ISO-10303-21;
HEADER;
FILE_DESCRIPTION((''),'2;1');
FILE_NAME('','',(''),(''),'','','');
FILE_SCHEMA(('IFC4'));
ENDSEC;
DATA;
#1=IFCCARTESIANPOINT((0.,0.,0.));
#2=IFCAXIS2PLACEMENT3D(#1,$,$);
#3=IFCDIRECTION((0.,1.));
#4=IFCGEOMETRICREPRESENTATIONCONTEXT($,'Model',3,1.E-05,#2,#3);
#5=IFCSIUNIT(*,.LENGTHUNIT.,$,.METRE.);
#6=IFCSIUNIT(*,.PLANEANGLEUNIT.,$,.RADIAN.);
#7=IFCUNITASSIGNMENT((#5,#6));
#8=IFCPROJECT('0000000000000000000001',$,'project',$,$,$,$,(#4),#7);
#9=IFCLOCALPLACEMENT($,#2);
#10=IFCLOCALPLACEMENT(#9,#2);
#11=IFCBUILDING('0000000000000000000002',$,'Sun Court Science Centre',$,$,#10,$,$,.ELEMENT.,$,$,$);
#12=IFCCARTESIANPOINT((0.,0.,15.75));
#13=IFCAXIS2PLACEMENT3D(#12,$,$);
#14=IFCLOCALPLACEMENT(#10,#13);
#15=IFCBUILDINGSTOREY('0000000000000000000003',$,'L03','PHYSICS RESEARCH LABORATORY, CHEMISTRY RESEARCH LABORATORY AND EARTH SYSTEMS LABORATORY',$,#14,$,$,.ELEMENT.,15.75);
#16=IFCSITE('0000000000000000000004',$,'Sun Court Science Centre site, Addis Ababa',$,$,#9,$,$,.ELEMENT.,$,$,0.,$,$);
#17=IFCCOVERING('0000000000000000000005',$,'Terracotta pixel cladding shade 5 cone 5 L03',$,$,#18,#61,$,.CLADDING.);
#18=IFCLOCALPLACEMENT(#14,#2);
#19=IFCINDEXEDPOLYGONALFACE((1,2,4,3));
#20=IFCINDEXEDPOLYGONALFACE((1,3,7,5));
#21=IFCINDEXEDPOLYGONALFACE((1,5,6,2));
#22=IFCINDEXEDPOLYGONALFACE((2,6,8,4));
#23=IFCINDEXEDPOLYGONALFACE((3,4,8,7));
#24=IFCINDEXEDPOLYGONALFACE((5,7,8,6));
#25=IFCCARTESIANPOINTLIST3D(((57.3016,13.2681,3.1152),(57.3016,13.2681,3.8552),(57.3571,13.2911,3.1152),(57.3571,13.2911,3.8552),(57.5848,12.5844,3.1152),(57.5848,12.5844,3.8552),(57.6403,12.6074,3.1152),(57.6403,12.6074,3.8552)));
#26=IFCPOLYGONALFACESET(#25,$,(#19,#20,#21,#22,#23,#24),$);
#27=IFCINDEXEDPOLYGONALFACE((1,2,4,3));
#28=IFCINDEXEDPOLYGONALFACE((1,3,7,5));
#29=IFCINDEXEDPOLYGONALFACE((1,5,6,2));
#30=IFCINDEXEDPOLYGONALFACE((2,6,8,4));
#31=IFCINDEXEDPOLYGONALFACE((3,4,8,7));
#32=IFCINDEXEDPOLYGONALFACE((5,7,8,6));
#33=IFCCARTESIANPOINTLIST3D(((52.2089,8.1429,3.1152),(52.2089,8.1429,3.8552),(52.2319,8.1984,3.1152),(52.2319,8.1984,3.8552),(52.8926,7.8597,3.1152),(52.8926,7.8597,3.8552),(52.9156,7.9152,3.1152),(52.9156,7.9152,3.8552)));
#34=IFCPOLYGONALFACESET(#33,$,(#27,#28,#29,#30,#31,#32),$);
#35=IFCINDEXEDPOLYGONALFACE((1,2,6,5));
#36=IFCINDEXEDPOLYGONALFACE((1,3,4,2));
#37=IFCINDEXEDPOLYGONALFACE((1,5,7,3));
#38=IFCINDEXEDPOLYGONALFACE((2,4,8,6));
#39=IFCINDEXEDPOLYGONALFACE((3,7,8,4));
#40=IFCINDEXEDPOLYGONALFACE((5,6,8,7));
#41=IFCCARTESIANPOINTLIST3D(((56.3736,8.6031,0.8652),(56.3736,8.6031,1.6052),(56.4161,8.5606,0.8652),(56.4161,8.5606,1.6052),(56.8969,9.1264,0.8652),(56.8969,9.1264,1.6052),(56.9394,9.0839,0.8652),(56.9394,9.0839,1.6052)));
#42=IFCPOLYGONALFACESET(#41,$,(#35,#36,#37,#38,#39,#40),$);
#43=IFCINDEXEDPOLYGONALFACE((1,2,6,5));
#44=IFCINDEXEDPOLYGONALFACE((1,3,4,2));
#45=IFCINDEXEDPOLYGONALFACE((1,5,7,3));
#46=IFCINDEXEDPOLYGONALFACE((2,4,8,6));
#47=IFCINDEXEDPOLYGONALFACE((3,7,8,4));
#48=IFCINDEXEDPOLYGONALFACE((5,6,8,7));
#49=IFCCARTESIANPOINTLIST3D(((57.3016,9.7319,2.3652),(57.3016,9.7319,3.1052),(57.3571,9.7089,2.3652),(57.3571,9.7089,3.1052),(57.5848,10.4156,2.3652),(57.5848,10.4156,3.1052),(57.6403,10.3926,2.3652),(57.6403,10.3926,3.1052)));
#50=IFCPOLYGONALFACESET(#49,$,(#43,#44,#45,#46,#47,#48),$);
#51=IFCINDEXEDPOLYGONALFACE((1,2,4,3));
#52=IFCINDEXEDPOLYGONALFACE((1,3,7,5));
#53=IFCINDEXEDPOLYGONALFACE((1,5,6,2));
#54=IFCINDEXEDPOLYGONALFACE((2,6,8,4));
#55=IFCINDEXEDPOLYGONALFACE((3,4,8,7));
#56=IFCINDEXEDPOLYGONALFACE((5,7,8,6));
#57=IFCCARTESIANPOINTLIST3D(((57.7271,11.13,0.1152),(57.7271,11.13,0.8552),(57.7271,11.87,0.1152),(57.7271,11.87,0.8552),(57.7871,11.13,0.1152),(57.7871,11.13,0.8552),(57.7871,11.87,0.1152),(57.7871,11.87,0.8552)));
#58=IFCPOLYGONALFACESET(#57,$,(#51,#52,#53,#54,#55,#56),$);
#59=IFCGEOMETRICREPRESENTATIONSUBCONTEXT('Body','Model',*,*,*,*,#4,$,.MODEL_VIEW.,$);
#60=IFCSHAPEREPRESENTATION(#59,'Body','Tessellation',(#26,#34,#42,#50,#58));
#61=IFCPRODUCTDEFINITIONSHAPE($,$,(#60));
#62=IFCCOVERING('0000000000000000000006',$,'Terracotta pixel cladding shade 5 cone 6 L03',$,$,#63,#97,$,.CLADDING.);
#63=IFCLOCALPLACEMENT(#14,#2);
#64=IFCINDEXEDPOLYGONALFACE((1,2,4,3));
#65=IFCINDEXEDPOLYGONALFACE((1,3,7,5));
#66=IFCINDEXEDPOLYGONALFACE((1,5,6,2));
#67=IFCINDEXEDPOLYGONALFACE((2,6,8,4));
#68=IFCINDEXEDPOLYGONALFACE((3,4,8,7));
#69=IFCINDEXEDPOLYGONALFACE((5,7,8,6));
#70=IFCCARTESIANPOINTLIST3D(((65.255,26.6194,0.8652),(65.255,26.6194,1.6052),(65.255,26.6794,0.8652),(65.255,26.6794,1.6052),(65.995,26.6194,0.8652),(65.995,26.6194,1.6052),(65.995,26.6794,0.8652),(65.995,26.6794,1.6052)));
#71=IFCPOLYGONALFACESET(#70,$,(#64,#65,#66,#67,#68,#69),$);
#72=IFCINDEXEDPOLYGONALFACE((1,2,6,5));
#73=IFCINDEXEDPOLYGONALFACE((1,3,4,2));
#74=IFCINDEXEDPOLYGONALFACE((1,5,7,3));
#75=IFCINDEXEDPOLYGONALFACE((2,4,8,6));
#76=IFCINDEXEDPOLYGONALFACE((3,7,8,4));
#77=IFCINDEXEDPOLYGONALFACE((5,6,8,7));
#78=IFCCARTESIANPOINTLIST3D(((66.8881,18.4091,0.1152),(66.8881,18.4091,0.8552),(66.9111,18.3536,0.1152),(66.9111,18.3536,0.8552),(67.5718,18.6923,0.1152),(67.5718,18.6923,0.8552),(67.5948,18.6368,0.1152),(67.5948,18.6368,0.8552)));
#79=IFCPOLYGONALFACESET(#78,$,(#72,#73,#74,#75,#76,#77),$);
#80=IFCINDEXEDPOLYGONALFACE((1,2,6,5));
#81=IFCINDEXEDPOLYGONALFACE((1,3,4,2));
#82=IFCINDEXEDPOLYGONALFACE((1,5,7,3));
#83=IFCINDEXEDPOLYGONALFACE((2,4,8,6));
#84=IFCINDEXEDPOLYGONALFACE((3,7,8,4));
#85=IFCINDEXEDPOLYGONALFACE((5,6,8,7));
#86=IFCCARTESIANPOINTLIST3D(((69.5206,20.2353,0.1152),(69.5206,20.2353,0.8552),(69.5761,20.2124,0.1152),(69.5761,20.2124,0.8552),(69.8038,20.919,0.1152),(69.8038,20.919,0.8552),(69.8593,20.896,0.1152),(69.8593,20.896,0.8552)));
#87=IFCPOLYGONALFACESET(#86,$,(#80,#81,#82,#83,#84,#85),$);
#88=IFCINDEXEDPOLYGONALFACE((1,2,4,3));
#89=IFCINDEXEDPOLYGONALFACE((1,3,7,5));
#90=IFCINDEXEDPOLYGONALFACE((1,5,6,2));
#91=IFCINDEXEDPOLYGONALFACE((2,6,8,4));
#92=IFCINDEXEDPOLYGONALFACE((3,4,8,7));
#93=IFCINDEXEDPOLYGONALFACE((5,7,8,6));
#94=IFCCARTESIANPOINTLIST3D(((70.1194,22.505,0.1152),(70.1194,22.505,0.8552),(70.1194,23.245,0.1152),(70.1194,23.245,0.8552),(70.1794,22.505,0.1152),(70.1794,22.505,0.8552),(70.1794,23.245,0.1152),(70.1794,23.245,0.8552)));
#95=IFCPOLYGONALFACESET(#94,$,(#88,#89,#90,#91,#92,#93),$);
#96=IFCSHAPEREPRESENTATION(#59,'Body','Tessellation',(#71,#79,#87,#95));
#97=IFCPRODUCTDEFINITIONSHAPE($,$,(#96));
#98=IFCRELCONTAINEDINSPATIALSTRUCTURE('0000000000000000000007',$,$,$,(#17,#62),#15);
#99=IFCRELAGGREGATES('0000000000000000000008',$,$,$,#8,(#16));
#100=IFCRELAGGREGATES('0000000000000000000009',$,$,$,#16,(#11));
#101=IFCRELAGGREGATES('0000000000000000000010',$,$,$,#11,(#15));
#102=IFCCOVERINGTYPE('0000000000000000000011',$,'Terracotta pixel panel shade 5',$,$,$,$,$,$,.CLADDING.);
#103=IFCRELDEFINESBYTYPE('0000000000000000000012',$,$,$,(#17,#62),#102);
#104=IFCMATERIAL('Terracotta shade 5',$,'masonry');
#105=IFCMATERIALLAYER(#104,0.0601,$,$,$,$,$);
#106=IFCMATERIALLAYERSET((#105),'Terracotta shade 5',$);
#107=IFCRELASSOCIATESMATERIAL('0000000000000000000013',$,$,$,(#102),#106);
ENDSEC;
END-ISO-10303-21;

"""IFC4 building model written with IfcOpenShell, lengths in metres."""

from ifc_helpers import new_model, si_unit, direction, frame, origin, origin_2d, place, context, subcontext, project, spatial, rectangle, extrude, material, layer, layer_set, type_object, element, save


model = new_model("IFC4")

# Units and contexts
model_context = context("Model", 3, precision=1e-05, world=origin(), true_north=direction((0.0, 1.0)))
body_context = subcontext(model_context, "Body", "Model", "MODEL_VIEW")
ifc_project = project(units=[si_unit("LENGTHUNIT", "METRE"), si_unit("PLANEANGLEUNIT", "RADIAN")], contexts=[model_context])

# Site, building, storey
site_placement = place(None, origin())
site = spatial("IfcSite", under=ifc_project, at=site_placement, Name="Sun Court Science Centre site, Addis Ababa", CompositionType="ELEMENT", RefElevation=0.0)
building_placement = place(site_placement, origin())
building = spatial("IfcBuilding", under=site, at=building_placement, Name="Sun Court Science Centre", CompositionType="ELEMENT")
storey_placement = place(building_placement, frame((0.0, 0.0, 15.75)))
storey = spatial("IfcBuildingStorey", under=building, at=storey_placement, Name="L03", Description="PHYSICS RESEARCH LABORATORY, CHEMISTRY RESEARCH LABORATORY AND EARTH SYSTEMS LABORATORY", CompositionType="ELEMENT", Elevation=15.75)

# Coverings
ifc_material_1 = material(Name="Terracotta shade 5", Category="masonry")
ifc_layer_1 = layer(ifc_material_1, 0.0601)
ifc_layer_set_1 = layer_set([ifc_layer_1], Name="Terracotta shade 5")
covering_type_1 = type_object("IfcCoveringType", Name="Terracotta pixel panel shade 5", PredefinedType="CLADDING", material=ifc_layer_set_1)
covering_1_placement = place(storey_placement, frame((0.0, 0.0, -15.75)))
element("IfcCovering", 1, at=covering_1_placement, inside=storey, type_object=covering_type_1, Name="Terracotta pixel cladding shade 5 cone 5 L03", PredefinedType="CLADDING", context=body_context, shape_type="SweptSolid", body=[
    extrude(rectangle(XDim=0.74, YDim=0.0601, at=origin_2d()), frame((57.4709, 12.9377, 18.8652), z_axis=(0.0, 0.0, 1.0), x_axis=(0.382683, -0.92388, 0.0)), (0.0, 0.0, 1.0), 0.74),
    extrude(rectangle(XDim=0.74, YDim=0.0601, at=origin_2d()), frame((52.5623, 8.0291, 18.8652), z_axis=(0.0, 0.0, 1.0), x_axis=(-0.92388, 0.382683, 0.0)), (0.0, 0.0, 1.0), 0.74),
    extrude(rectangle(XDim=0.74, YDim=0.0601, at=origin_2d()), frame((56.6565, 8.8435, 16.6152), z_axis=(0.0, 0.0, 1.0), x_axis=(-0.707107, -0.707107, 0.0)), (0.0, 0.0, 1.0), 0.74),
    extrude(rectangle(XDim=0.74, YDim=0.0601, at=origin_2d()), frame((57.4709, 10.0623, 18.1152), z_axis=(0.0, 0.0, 1.0), x_axis=(-0.382683, -0.92388, 0.0)), (0.0, 0.0, 1.0), 0.74),
    extrude(rectangle(XDim=0.74, YDim=0.0601, at=origin_2d()), frame((57.7571, 11.5, 15.8652), z_axis=(0.0, 0.0, 1.0), x_axis=(0.0, -1.0, 0.0)), (0.0, 0.0, 1.0), 0.74),
])
covering_2_placement = place(storey_placement, frame((0.0, 0.0, -15.75)))
element("IfcCovering", 2, at=covering_2_placement, inside=storey, type_object=covering_type_1, Name="Terracotta pixel cladding shade 5 cone 6 L03", PredefinedType="CLADDING", context=body_context, shape_type="SweptSolid", body=[
    extrude(rectangle(XDim=0.74, YDim=0.0601, at=origin_2d()), frame((65.625, 26.6494, 16.6152), z_axis=(0.0, 0.0, 1.0), x_axis=(1.0, 0.0, 0.0)), (0.0, 0.0, 1.0), 0.74),
    extrude(rectangle(XDim=0.74, YDim=0.0601, at=origin_2d()), frame((67.2415, 18.5229, 15.8652), z_axis=(0.0, 0.0, 1.0), x_axis=(-0.92388, -0.382683, 0.0)), (0.0, 0.0, 1.0), 0.74),
    extrude(rectangle(XDim=0.74, YDim=0.0601, at=origin_2d()), frame((69.6899, 20.5657, 15.8652), z_axis=(0.0, 0.0, 1.0), x_axis=(-0.382683, -0.92388, 0.0)), (0.0, 0.0, 1.0), 0.74),
    extrude(rectangle(XDim=0.74, YDim=0.0601, at=origin_2d()), frame((70.1494, 22.875, 15.8652), z_axis=(0.0, 0.0, 1.0), x_axis=(0.0, -1.0, 0.0)), (0.0, 0.0, 1.0), 0.74),
])

save(model, "model.ifc")
